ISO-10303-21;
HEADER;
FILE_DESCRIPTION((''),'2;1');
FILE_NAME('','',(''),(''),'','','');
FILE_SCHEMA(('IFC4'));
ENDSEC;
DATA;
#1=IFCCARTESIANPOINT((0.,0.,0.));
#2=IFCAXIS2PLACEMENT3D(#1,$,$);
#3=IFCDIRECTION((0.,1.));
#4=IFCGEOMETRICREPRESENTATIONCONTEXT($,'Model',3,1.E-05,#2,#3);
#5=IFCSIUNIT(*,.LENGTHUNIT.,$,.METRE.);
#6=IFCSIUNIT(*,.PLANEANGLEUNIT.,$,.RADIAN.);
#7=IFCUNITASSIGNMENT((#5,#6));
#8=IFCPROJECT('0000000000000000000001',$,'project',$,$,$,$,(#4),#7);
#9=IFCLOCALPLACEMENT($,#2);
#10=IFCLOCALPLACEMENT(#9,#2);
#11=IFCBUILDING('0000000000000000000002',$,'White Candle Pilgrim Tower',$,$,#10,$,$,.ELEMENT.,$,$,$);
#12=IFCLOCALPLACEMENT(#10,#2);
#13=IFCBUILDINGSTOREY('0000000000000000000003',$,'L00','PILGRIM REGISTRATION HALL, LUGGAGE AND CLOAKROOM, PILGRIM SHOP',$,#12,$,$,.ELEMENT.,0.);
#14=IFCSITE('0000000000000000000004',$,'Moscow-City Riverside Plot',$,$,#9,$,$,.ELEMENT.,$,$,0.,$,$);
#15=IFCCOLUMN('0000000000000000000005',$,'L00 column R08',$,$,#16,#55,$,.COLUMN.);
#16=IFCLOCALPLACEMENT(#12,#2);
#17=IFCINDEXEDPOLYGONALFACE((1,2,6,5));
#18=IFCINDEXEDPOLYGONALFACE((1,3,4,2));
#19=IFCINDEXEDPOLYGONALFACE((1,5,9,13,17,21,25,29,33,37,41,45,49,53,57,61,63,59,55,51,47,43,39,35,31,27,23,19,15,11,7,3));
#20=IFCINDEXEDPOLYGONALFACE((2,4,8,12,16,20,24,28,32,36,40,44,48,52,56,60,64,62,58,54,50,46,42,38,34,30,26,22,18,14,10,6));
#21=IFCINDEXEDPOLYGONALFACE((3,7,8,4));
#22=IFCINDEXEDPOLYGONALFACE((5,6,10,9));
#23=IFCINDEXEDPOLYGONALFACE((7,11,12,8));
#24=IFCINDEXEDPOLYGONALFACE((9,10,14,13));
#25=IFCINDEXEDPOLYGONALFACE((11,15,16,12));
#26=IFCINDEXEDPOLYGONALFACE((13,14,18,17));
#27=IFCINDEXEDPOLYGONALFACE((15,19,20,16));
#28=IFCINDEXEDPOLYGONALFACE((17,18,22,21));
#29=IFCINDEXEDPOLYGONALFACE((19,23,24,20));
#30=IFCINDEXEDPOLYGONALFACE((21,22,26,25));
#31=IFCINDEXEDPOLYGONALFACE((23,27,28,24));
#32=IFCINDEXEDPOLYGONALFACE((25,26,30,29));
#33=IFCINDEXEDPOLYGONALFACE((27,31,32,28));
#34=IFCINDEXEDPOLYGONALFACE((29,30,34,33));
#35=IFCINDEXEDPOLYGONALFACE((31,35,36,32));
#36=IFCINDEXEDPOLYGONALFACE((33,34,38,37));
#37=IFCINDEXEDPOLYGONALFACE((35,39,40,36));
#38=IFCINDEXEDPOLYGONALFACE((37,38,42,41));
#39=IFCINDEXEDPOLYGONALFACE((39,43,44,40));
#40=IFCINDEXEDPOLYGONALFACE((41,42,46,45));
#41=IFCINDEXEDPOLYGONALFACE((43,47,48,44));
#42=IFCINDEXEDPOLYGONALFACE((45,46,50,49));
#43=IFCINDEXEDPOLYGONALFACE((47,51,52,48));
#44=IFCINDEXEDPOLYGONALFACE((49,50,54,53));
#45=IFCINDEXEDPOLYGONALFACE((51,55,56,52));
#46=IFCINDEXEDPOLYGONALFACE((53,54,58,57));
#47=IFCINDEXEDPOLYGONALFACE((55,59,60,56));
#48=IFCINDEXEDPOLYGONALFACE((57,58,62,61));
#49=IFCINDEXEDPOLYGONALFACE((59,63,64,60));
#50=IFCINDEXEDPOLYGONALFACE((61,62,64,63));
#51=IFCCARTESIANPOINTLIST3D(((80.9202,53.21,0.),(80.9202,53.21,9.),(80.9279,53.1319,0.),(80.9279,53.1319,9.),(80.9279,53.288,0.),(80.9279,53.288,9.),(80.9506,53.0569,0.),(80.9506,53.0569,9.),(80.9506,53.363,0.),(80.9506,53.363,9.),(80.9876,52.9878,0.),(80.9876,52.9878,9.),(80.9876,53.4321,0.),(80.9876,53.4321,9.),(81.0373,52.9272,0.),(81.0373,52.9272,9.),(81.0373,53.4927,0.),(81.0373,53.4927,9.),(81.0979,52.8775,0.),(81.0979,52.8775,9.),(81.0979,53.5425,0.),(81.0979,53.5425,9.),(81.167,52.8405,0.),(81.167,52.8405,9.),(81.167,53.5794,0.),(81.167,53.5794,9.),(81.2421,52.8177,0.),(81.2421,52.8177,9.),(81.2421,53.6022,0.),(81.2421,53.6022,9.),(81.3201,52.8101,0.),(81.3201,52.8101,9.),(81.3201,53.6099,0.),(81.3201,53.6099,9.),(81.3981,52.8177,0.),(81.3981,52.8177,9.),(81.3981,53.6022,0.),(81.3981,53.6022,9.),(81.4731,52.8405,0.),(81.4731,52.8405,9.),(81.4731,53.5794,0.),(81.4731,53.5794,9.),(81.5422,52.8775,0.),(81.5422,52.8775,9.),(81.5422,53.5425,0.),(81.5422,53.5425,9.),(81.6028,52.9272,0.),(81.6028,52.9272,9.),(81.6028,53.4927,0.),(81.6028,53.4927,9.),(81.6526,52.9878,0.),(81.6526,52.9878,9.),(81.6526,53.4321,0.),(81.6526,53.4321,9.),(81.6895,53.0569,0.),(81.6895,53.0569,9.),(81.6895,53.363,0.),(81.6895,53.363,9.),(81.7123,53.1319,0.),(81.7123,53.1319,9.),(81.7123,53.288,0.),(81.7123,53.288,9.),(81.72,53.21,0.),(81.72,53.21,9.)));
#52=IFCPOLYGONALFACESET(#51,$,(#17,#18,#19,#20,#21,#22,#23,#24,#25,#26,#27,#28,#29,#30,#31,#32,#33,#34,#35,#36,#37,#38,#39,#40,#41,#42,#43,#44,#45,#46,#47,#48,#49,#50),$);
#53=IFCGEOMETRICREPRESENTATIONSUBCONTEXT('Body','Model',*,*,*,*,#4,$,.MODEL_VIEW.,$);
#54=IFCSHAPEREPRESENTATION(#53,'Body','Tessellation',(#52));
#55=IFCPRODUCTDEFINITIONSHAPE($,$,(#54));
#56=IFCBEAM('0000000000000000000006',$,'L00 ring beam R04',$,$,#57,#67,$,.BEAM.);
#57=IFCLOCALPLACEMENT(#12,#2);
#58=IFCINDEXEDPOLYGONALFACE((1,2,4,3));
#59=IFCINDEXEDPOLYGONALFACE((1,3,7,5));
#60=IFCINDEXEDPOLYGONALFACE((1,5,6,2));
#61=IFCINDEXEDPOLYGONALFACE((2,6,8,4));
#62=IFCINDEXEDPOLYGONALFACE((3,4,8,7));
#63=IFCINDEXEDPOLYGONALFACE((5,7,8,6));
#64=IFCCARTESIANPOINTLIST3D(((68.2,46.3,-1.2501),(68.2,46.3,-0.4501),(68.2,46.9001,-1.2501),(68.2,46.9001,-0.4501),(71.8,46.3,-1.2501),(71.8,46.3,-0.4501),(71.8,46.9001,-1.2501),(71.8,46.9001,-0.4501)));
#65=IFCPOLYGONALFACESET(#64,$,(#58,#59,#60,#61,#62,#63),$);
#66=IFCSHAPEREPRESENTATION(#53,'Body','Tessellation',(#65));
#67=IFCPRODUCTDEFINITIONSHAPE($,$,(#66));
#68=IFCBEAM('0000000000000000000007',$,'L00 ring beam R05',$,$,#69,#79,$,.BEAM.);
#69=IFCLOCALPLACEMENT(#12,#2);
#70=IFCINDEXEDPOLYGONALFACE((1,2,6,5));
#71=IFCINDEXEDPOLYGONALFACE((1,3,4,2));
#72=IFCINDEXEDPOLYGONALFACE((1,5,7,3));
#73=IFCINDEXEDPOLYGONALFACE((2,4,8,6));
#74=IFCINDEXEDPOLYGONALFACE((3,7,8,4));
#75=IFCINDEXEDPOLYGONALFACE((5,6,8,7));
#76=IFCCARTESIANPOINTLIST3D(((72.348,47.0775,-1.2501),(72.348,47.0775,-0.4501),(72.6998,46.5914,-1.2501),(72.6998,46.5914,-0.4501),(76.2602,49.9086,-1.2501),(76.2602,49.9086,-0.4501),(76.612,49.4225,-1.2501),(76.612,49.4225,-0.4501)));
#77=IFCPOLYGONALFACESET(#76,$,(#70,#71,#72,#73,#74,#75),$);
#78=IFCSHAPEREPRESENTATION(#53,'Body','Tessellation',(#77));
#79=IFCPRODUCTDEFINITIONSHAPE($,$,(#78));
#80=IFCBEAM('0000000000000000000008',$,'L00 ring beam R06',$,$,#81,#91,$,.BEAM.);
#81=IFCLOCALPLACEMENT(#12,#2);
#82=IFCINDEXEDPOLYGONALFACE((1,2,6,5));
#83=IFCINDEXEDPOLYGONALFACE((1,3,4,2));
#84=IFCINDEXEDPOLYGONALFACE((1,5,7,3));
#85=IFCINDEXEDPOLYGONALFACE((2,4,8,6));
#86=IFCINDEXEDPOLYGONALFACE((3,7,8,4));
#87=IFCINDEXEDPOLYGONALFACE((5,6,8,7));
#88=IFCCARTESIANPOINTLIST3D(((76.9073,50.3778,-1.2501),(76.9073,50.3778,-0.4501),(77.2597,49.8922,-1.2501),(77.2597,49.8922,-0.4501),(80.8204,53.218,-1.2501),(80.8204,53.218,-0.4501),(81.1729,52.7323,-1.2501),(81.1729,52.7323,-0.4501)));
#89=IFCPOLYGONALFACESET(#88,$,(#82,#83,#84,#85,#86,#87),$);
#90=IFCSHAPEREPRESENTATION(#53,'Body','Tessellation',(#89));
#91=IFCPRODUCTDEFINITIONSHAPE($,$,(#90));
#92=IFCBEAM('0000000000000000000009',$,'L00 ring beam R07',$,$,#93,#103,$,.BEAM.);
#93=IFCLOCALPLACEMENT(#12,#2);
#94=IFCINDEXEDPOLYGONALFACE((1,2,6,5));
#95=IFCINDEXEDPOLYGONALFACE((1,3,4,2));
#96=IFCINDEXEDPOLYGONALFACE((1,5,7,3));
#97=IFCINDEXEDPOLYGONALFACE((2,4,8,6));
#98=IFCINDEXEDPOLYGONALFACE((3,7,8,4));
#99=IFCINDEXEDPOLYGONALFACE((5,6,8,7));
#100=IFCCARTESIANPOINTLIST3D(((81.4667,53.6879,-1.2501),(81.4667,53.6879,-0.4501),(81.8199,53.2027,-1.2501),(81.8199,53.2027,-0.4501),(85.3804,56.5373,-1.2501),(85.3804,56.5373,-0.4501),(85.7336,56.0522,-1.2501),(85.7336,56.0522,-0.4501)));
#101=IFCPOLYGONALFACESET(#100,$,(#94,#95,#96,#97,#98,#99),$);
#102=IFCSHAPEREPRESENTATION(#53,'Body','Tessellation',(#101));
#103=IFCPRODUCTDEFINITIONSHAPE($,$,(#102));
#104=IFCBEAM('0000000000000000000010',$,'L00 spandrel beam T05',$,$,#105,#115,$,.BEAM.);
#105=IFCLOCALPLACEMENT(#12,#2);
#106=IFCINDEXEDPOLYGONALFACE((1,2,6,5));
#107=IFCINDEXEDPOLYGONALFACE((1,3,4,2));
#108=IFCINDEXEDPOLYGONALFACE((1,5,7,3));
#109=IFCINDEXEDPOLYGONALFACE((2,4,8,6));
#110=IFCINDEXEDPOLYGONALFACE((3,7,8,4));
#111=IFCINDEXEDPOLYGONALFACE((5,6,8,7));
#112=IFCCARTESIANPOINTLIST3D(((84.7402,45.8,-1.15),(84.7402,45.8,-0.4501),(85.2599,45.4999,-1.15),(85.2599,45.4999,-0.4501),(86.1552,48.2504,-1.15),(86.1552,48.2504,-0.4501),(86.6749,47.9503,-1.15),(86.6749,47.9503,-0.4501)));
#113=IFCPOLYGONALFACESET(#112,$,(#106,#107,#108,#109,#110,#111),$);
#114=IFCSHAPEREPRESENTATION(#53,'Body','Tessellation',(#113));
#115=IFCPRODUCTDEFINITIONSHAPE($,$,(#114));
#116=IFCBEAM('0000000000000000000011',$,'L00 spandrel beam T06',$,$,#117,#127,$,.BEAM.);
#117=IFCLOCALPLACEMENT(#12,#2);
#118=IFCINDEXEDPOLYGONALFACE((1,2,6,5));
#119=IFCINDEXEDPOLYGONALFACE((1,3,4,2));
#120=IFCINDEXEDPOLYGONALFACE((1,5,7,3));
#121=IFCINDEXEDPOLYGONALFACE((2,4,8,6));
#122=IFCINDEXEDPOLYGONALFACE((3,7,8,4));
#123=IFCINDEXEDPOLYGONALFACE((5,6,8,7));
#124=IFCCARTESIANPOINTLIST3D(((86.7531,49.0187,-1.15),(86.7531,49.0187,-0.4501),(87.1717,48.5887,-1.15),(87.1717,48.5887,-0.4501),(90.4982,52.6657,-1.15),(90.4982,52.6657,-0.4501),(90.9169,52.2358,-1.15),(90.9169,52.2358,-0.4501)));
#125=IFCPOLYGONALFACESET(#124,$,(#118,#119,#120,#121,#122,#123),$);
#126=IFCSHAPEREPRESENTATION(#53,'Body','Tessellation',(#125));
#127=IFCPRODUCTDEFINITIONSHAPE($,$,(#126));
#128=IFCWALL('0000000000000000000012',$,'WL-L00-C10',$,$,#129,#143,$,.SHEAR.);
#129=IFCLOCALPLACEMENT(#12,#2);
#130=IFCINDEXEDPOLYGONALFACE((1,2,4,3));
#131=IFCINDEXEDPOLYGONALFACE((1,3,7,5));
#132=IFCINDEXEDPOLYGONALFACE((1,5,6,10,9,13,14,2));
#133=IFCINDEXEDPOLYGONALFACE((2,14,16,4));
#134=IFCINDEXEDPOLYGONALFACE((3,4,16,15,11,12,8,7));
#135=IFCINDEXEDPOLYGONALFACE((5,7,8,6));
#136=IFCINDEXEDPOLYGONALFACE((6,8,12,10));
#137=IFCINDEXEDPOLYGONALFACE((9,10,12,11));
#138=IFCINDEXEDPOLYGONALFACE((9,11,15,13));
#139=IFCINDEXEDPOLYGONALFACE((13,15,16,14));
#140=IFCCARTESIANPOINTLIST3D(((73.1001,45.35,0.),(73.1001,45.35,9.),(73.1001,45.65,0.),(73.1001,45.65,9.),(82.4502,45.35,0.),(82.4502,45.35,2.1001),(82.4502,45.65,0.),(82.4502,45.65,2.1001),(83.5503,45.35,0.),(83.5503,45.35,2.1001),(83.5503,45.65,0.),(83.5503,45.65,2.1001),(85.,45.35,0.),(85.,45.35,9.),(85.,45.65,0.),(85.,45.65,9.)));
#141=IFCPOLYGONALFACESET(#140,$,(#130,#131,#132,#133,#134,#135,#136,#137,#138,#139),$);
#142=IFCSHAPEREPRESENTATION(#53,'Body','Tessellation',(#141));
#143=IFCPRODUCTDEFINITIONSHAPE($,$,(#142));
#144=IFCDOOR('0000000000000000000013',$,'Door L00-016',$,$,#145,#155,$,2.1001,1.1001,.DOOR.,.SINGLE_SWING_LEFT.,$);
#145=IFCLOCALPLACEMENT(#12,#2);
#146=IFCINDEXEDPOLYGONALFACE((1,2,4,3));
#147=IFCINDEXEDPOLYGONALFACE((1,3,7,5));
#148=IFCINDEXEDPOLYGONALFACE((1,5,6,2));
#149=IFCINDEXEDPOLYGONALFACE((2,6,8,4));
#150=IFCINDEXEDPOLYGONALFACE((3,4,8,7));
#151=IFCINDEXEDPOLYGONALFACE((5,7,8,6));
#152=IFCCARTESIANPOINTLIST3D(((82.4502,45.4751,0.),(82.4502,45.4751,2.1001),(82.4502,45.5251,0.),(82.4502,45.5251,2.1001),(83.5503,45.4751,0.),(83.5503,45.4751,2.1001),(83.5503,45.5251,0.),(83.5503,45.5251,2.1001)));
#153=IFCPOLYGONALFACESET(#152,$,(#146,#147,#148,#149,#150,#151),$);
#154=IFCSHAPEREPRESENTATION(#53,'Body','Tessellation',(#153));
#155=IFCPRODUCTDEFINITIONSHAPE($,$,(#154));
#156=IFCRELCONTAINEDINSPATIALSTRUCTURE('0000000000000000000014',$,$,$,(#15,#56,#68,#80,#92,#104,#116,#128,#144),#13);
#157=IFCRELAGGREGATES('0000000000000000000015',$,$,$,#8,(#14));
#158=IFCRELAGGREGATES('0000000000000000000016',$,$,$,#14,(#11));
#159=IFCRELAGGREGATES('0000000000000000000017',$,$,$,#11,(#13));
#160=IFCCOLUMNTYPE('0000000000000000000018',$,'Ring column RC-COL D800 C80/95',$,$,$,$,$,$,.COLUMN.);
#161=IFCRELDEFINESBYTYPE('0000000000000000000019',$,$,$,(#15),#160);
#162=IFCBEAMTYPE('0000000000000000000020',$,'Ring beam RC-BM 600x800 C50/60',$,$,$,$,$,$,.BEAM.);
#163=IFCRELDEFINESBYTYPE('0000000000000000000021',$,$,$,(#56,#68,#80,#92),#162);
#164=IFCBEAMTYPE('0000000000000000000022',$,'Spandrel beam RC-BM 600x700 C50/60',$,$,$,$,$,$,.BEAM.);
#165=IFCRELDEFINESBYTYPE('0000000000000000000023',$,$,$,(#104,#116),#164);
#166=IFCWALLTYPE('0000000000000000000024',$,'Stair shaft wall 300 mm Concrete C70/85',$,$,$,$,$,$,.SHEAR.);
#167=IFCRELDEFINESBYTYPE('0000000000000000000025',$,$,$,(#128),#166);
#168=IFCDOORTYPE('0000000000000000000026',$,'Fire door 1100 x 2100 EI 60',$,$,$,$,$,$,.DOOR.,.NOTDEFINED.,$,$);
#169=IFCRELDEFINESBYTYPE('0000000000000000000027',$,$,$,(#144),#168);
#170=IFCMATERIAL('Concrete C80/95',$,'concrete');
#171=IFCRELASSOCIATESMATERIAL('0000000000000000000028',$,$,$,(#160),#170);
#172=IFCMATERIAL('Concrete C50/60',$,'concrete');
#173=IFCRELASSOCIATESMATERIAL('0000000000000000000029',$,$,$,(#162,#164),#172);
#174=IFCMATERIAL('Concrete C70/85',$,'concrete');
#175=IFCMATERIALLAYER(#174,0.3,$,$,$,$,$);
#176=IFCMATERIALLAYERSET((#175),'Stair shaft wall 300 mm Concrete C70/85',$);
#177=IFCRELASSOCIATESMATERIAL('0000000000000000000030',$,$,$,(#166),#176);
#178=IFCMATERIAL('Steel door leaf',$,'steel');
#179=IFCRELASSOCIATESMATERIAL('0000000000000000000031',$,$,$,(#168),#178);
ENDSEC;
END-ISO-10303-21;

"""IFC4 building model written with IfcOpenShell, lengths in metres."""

from ifc_helpers import new_model, si_unit, direction, frame, frame_2d, origin, origin_2d, place, context, subcontext, project, spatial, rectangle, circle, extrude, material, layer, layer_set, material_profile, profile_set, type_object, element, fill, save


model = new_model("IFC4")

# Units and contexts
model_context = context("Model", 3, precision=1e-05, world=origin(), true_north=direction((0.0, 1.0)))
body_context = subcontext(model_context, "Body", "Model", "MODEL_VIEW")
ifc_project = project(units=[si_unit("LENGTHUNIT", "METRE"), si_unit("PLANEANGLEUNIT", "RADIAN")], contexts=[model_context])

# Site, building, storey
site_placement = place(None, origin())
site = spatial("IfcSite", under=ifc_project, at=site_placement, Name="Moscow-City Riverside Plot", CompositionType="ELEMENT", RefElevation=0.0)
building_placement = place(site_placement, origin())
building = spatial("IfcBuilding", under=site, at=building_placement, Name="White Candle Pilgrim Tower", CompositionType="ELEMENT")
storey_placement = place(building_placement, origin())
storey = spatial("IfcBuildingStorey", under=building, at=storey_placement, Name="L00", Description="PILGRIM REGISTRATION HALL, LUGGAGE AND CLOAKROOM, PILGRIM SHOP", CompositionType="ELEMENT", Elevation=0.0)

# Column
ifc_material_1 = material(Name="Concrete C80/95", Category="concrete")
ifc_material_profile_1 = material_profile(ifc_material_1, circle(Radius=0.3999, at=origin_2d()), Name="RC-COL D800")
ifc_profile_set_1 = profile_set([ifc_material_profile_1], Name="Concrete C80/95")
column_type_1 = type_object("IfcColumnType", Name="Ring column RC-COL D800 C80/95", PredefinedType="COLUMN", material=ifc_profile_set_1)
for number, where, z_axis, x_axis, name in (
    (1, (81.3201, 53.21, 0.0), (0.0, 0.0, 1.0), (1.0, 0.0, 0.0), "L00 column R08"),
):
    element("IfcColumn", number, at=place(storey_placement, frame(where, z_axis=z_axis, x_axis=x_axis)), inside=storey, type_object=column_type_1, Name=name, PredefinedType="COLUMN", context=body_context, shape_type="SweptSolid", body=[
        extrude(circle(Radius=0.3999, at=origin_2d()), origin(), (0.0, 0.0, 1.0), 9.0),
    ])

# Beams
ifc_material_2 = material(Name="Concrete C50/60", Category="concrete")
ifc_material_profile_2 = material_profile(ifc_material_2, rectangle(XDim=0.6001, YDim=0.8, at=origin_2d()), Name="RC-BM 600x800")
ifc_profile_set_2 = profile_set([ifc_material_profile_2], Name="Concrete C50/60")
beam_type_1 = type_object("IfcBeamType", Name="Ring beam RC-BM 600x800 C50/60", PredefinedType="BEAM", material=ifc_profile_set_2)
beam_1_placement = place(storey_placement, frame((68.2, 46.6001, -0.8501), z_axis=(1.0, 0.0, 0.0), x_axis=(0.0, 1.0, 0.0)))
element("IfcBeam", 2, at=beam_1_placement, inside=storey, type_object=beam_type_1, Name="L00 ring beam R04", PredefinedType="BEAM", context=body_context, shape_type="SweptSolid", body=[
    extrude(rectangle(XDim=0.6001, YDim=0.8, at=origin_2d()), origin(), (0.0, 0.0, 1.0), 3.6001),
])
beam_2_placement = place(storey_placement, frame((72.5239, 46.8345, -0.8501), z_axis=(0.810124, 0.586258, 0.0), x_axis=(-0.586258, 0.810124, 0.0)))
element("IfcBeam", 3, at=beam_2_placement, inside=storey, type_object=beam_type_1, Name="L00 ring beam R05", PredefinedType="BEAM", context=body_context, shape_type="SweptSolid", body=[
    extrude(rectangle(XDim=0.6001, YDim=0.8, at=origin_2d()), origin(), (0.0, 0.0, 1.0), 4.8291),
])
beam_3_placement = place(storey_placement, frame((77.0835, 50.135, -0.8501), z_axis=(0.809306, 0.587388, 0.0), x_axis=(-0.587388, 0.809306, 0.0)))
element("IfcBeam", 4, at=beam_3_placement, inside=storey, type_object=beam_type_1, Name="L00 ring beam R06", PredefinedType="BEAM", context=body_context, shape_type="SweptSolid", body=[
    extrude(rectangle(XDim=0.6001, YDim=0.8, at=origin_2d()), origin(), (0.0, 0.0, 1.0), 4.8352),
])
beam_4_placement = place(storey_placement, frame((81.6433, 53.4453, -0.8501), z_axis=(0.808428, 0.588594, 0.0), x_axis=(-0.588594, 0.808428, 0.0)))
element("IfcBeam", 5, at=beam_4_placement, inside=storey, type_object=beam_type_1, Name="L00 ring beam R07", PredefinedType="BEAM", context=body_context, shape_type="SweptSolid", body=[
    extrude(rectangle(XDim=0.6001, YDim=0.8, at=origin_2d()), origin(), (0.0, 0.0, 1.0), 4.8411),
])
ifc_material_profile_3 = material_profile(ifc_material_2, rectangle(XDim=0.6001, YDim=0.7, at=origin_2d()), Name="RC-BM 600x700")
ifc_profile_set_3 = profile_set([ifc_material_profile_3], Name="Concrete C50/60")
beam_type_2 = type_object("IfcBeamType", Name="Spandrel beam RC-BM 600x700 C50/60", PredefinedType="BEAM", material=ifc_profile_set_3)
beam_5_placement = place(storey_placement, frame((86.415, 48.1003, -0.8), z_axis=(-0.500073, -0.865983, 0.0), x_axis=(0.865983, -0.500073, 0.0)))
element("IfcBeam", 6, at=beam_5_placement, inside=storey, type_object=beam_type_2, Name="L00 spandrel beam T05", PredefinedType="BEAM", context=body_context, shape_type="SweptSolid", body=[
    extrude(rectangle(XDim=0.6001, YDim=0.7, at=origin_2d()), origin(), (0.0, 0.0, 1.0), 2.8296),
])
beam_6_placement = place(storey_placement, frame((86.9624, 48.8037, -0.8), z_axis=(0.716432, 0.697657, 0.0), x_axis=(-0.697657, 0.716432, 0.0)))
element("IfcBeam", 7, at=beam_6_placement, inside=storey, type_object=beam_type_2, Name="L00 spandrel beam T06", PredefinedType="BEAM", context=body_context, shape_type="SweptSolid", body=[
    extrude(rectangle(XDim=0.6001, YDim=0.7, at=origin_2d()), origin(), (0.0, 0.0, 1.0), 5.2275),
])

# Wall, opening, door
ifc_material_3 = material(Name="Concrete C70/85", Category="concrete")
ifc_layer_1 = layer(ifc_material_3, 0.3)
ifc_layer_set_1 = layer_set([ifc_layer_1], Name="Stair shaft wall 300 mm Concrete C70/85")
wall_type = type_object("IfcWallType", Name="Stair shaft wall 300 mm Concrete C70/85", PredefinedType="SHEAR", material=ifc_layer_set_1)
wall_placement = place(storey_placement, frame((73.1001, 45.5, 0.0), z_axis=(0.0, 0.0, 1.0), x_axis=(1.0, 0.0, 0.0)))
wall = element("IfcWall", 8, at=wall_placement, inside=storey, type_object=wall_type, Name="WL-L00-C10", PredefinedType="SHEAR", context=body_context, shape_type="SweptSolid", body=[
    extrude(rectangle(XDim=11.8999, YDim=0.3, at=frame_2d((5.95, 0.0))), origin(), (0.0, 0.0, 1.0), 9.0),
])
opening_placement = place(wall_placement, frame((9.3501, 0.0, 0.0)))
opening = element("IfcOpeningElement", 9, at=opening_placement, cuts=wall, PredefinedType="OPENING", context=body_context, shape_type="SweptSolid", body=[
    extrude(rectangle(XDim=1.1001, YDim=2.1001, at=frame_2d((0.55, 1.05))), frame((0.0, 0.1599, 0.0), z_axis=(0.0, -1.0, 0.0), x_axis=(1.0, 0.0, 0.0)), (0.0, 0.0, 1.0), 0.3201),
])
ifc_material_4 = material(Name="Steel door leaf", Category="steel")
door_type = type_object("IfcDoorType", Name="Fire door 1100 x 2100 EI 60", OperationType="NOTDEFINED", PredefinedType="DOOR", material=ifc_material_4)
door_placement = place(opening_placement, frame((1.1001, 0.0, 0.0), z_axis=(0.0, 0.0, 1.0), x_axis=(-1.0, 0.0, 0.0)))
door = element("IfcDoor", 10, at=door_placement, inside=storey, type_object=door_type, Name="Door L00-016", OperationType="SINGLE_SWING_LEFT", OverallHeight=2.1001, OverallWidth=1.1001, PredefinedType="DOOR", context=body_context, shape_type="SweptSolid", body=[
    extrude(rectangle(XDim=1.1001, YDim=2.1001, at=frame_2d((0.55, 1.05))), frame((0.0, 0.0249, 0.0), z_axis=(0.0, -1.0, 0.0), x_axis=(1.0, 0.0, 0.0)), (0.0, 0.0, 1.0), 0.05),
])
fill(opening, door)

save(model, "model.ifc")
